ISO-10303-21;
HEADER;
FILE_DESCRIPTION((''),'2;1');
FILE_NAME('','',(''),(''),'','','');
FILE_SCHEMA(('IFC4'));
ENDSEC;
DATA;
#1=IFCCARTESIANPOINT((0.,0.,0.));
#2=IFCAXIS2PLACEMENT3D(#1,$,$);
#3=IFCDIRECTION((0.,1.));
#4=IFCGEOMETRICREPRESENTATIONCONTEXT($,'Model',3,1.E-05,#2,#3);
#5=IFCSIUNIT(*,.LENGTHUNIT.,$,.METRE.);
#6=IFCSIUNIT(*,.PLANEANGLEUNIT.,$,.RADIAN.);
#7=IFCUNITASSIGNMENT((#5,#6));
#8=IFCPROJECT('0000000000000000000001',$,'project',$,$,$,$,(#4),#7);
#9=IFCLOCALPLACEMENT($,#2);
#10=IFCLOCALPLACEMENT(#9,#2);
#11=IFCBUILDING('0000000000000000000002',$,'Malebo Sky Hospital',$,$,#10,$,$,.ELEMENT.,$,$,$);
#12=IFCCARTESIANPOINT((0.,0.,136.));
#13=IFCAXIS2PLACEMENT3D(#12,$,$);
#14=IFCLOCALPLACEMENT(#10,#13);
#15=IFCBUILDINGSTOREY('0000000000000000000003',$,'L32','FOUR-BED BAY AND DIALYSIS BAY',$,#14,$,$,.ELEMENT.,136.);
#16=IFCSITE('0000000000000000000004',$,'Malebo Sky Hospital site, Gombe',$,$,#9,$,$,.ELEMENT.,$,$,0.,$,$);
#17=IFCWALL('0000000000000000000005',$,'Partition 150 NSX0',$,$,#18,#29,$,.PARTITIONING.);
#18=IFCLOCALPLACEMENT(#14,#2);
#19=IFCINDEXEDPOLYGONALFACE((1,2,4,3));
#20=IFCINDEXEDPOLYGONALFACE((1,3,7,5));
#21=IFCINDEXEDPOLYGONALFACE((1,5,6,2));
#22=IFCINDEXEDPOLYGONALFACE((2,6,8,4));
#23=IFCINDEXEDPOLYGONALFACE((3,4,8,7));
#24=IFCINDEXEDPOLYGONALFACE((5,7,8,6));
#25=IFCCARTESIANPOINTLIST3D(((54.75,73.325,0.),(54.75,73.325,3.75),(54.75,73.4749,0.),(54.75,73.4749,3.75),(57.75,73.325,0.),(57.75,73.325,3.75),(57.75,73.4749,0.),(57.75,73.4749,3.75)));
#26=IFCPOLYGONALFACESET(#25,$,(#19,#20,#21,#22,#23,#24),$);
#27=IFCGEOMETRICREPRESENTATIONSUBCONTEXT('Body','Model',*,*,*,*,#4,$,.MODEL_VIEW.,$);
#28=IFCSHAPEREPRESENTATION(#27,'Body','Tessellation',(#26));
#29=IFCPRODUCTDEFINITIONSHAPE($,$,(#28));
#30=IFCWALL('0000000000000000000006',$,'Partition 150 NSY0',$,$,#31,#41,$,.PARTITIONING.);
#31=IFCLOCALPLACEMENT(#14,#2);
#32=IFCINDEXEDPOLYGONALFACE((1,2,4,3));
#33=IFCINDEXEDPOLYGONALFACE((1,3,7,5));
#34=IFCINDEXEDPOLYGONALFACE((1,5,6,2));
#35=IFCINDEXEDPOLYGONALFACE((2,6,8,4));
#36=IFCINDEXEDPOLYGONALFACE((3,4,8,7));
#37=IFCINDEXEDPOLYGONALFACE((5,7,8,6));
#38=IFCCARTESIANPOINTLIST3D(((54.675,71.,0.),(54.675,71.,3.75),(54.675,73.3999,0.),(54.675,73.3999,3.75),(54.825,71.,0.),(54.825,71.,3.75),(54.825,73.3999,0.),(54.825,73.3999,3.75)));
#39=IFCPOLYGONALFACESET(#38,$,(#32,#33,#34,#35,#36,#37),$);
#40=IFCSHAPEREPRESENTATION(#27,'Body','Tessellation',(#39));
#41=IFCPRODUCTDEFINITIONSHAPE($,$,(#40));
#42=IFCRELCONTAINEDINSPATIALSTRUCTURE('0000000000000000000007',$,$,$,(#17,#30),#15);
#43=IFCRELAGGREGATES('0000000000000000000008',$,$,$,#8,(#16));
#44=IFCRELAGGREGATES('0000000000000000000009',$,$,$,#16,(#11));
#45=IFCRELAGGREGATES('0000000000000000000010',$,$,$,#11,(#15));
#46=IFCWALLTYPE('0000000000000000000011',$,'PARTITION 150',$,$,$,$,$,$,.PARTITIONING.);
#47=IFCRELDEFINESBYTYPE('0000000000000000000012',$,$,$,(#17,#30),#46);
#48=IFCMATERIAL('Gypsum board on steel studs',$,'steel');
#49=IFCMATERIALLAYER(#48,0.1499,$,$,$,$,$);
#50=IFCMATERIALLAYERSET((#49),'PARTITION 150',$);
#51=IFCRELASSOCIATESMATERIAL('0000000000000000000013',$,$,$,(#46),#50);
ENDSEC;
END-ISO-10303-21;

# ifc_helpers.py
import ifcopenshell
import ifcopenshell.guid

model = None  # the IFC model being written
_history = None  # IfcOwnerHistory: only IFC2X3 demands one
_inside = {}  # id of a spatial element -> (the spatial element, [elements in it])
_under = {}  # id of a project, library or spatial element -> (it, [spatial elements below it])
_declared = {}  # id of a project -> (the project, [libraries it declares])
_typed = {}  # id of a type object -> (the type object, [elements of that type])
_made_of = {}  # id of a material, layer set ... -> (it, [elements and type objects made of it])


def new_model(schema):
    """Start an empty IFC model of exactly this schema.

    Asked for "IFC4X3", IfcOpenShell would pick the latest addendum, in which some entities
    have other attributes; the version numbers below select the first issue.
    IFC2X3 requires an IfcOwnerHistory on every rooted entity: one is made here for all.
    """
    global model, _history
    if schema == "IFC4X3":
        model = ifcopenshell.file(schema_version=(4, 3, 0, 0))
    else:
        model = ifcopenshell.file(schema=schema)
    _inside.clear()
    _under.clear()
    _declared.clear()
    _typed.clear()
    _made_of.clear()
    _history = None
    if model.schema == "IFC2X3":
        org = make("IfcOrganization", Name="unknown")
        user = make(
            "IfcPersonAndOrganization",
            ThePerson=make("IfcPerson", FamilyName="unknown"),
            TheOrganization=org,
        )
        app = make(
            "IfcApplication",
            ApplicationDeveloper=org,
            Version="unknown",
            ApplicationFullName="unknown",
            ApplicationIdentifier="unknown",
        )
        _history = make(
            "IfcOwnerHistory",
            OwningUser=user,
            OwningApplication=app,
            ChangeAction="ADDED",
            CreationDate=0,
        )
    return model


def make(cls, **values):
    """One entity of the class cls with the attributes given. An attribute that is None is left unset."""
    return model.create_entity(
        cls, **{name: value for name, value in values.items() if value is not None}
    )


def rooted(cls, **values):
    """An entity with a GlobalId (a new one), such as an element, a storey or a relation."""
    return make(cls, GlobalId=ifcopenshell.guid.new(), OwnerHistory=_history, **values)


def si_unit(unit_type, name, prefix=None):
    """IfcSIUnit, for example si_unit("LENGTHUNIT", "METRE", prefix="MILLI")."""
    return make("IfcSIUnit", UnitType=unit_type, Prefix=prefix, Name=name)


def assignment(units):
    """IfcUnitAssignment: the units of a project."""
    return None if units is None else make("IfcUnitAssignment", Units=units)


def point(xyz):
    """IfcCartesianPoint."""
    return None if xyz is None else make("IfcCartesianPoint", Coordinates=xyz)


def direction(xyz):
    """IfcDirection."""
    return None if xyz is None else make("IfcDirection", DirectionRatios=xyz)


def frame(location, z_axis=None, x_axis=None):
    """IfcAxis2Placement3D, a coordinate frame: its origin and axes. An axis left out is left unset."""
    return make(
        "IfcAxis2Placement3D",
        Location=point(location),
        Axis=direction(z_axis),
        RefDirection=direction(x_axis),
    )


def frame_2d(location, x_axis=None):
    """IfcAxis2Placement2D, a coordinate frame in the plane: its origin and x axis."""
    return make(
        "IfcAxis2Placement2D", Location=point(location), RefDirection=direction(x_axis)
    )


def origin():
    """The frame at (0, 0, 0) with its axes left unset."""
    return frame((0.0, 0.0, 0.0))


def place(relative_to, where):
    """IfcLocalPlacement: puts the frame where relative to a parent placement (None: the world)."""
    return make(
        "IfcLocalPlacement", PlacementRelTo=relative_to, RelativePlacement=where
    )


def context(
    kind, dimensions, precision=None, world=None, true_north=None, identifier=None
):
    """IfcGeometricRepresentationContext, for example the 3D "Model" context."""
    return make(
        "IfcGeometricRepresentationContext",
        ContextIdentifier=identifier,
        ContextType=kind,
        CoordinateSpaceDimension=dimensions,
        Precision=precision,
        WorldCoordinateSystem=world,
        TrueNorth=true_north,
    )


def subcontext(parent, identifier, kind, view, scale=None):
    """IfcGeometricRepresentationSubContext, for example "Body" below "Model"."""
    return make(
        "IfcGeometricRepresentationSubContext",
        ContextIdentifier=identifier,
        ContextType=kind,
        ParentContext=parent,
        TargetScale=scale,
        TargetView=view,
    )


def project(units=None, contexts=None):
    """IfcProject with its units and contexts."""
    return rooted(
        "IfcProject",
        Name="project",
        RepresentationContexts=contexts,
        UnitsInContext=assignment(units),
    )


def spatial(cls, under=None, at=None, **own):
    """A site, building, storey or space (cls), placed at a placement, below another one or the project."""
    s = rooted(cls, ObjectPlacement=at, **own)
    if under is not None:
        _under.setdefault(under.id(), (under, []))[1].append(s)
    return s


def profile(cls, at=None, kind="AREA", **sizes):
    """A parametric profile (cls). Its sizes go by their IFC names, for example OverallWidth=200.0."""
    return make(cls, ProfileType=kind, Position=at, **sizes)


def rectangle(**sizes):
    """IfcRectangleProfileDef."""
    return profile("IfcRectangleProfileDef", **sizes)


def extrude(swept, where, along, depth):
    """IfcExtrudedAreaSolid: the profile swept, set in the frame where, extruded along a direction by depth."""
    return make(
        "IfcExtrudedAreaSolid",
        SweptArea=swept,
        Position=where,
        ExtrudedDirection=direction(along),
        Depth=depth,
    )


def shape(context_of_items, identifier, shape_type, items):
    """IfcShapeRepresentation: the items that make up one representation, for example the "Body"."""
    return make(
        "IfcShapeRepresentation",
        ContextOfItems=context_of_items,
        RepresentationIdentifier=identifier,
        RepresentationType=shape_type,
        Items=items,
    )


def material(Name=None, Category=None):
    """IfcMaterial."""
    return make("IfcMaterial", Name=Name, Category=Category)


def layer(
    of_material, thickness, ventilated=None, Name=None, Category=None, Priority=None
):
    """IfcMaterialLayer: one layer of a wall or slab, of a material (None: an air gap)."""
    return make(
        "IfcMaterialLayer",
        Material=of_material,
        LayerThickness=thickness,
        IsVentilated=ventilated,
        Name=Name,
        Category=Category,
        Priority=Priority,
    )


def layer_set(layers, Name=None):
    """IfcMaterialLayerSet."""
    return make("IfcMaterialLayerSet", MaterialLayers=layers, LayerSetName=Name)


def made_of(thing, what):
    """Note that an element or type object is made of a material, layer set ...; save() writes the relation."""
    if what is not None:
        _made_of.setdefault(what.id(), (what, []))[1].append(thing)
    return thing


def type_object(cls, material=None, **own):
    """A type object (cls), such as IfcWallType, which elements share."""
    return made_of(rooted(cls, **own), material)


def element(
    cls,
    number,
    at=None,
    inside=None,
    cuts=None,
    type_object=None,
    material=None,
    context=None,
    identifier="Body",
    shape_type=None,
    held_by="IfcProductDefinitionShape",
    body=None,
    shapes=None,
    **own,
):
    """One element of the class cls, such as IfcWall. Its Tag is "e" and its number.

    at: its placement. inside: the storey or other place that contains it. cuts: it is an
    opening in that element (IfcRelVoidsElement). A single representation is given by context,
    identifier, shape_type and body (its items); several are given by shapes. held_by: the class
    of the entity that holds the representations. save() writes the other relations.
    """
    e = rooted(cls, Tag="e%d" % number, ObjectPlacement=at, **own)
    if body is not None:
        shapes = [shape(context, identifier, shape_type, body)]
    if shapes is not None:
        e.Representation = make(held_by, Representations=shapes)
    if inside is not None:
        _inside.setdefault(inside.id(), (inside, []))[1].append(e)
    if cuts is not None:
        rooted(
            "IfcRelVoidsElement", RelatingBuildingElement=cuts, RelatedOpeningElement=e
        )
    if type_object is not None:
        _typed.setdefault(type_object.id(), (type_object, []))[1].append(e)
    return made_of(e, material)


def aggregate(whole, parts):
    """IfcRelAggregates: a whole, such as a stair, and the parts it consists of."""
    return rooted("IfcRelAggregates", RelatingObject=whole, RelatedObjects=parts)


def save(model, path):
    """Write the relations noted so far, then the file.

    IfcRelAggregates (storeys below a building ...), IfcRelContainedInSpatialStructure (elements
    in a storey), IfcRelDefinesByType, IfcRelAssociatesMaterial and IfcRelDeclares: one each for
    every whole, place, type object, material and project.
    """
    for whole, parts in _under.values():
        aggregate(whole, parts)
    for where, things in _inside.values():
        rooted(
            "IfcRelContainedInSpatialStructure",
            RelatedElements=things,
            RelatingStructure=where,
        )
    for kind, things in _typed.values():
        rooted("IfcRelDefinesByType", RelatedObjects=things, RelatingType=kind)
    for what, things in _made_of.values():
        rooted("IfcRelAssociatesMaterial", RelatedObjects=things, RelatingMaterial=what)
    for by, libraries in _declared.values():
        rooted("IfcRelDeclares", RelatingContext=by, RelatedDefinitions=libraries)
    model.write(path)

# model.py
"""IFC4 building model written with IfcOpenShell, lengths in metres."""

from ifc_helpers import new_model, si_unit, direction, frame, frame_2d, origin, place, context, subcontext, project, spatial, rectangle, extrude, material, layer, layer_set, type_object, element, save


model = new_model("IFC4")

# Units and contexts
model_context = context("Model", 3, precision=1e-05, world=origin(), true_north=direction((0.0, 1.0)))
body_context = subcontext(model_context, "Body", "Model", "MODEL_VIEW")
ifc_project = project(units=[si_unit("LENGTHUNIT", "METRE"), si_unit("PLANEANGLEUNIT", "RADIAN")], contexts=[model_context])

# Site, building, storey
site_placement = place(None, origin())
site = spatial("IfcSite", under=ifc_project, at=site_placement, Name="Malebo Sky Hospital site, Gombe", CompositionType="ELEMENT", RefElevation=0.0)
building_placement = place(site_placement, origin())
building = spatial("IfcBuilding", under=site, at=building_placement, Name="Malebo Sky Hospital", CompositionType="ELEMENT")
storey_placement = place(building_placement, frame((0.0, 0.0, 136.0)))
storey = spatial("IfcBuildingStorey", under=building, at=storey_placement, Name="L32", Description="FOUR-BED BAY AND DIALYSIS BAY", CompositionType="ELEMENT", Elevation=136.0)

# Shared definitions
ifc_material_1 = material(Name="Gypsum board on steel studs", Category="steel")

# Shared definitions
ifc_layer_1 = layer(ifc_material_1, 0.1499)
ifc_layer_set_1 = layer_set([ifc_layer_1], Name="PARTITION 150")
wall_type_1 = type_object("IfcWallType", Name="PARTITION 150", PredefinedType="PARTITIONING", material=ifc_layer_set_1)

# Walls
wall_1_placement = place(storey_placement, frame((54.75, 73.3999, 0.0), z_axis=(0.0, 0.0, 1.0), x_axis=(1.0, 0.0, 0.0)))
element("IfcWall", 1, at=wall_1_placement, inside=storey, type_object=wall_type_1, Name="Partition 150 NSX0", PredefinedType="PARTITIONING", context=body_context, shape_type="SweptSolid", body=[
    extrude(rectangle(XDim=3.0, YDim=0.1499, at=frame_2d((1.5, 0.0))), origin(), (0.0, 0.0, 1.0), 3.75),
])
wall_2_placement = place(storey_placement, frame((54.75, 71.0, 0.0), z_axis=(0.0, 0.0, 1.0), x_axis=(0.0, 1.0, 0.0)))
element("IfcWall", 2, at=wall_2_placement, inside=storey, type_object=wall_type_1, Name="Partition 150 NSY0", PredefinedType="PARTITIONING", context=body_context, shape_type="SweptSolid", body=[
    extrude(rectangle(XDim=2.3999, YDim=0.1499, at=frame_2d((1.2, 0.0))), origin(), (0.0, 0.0, 1.0), 3.75),
])

save(model, "model.ifc")
